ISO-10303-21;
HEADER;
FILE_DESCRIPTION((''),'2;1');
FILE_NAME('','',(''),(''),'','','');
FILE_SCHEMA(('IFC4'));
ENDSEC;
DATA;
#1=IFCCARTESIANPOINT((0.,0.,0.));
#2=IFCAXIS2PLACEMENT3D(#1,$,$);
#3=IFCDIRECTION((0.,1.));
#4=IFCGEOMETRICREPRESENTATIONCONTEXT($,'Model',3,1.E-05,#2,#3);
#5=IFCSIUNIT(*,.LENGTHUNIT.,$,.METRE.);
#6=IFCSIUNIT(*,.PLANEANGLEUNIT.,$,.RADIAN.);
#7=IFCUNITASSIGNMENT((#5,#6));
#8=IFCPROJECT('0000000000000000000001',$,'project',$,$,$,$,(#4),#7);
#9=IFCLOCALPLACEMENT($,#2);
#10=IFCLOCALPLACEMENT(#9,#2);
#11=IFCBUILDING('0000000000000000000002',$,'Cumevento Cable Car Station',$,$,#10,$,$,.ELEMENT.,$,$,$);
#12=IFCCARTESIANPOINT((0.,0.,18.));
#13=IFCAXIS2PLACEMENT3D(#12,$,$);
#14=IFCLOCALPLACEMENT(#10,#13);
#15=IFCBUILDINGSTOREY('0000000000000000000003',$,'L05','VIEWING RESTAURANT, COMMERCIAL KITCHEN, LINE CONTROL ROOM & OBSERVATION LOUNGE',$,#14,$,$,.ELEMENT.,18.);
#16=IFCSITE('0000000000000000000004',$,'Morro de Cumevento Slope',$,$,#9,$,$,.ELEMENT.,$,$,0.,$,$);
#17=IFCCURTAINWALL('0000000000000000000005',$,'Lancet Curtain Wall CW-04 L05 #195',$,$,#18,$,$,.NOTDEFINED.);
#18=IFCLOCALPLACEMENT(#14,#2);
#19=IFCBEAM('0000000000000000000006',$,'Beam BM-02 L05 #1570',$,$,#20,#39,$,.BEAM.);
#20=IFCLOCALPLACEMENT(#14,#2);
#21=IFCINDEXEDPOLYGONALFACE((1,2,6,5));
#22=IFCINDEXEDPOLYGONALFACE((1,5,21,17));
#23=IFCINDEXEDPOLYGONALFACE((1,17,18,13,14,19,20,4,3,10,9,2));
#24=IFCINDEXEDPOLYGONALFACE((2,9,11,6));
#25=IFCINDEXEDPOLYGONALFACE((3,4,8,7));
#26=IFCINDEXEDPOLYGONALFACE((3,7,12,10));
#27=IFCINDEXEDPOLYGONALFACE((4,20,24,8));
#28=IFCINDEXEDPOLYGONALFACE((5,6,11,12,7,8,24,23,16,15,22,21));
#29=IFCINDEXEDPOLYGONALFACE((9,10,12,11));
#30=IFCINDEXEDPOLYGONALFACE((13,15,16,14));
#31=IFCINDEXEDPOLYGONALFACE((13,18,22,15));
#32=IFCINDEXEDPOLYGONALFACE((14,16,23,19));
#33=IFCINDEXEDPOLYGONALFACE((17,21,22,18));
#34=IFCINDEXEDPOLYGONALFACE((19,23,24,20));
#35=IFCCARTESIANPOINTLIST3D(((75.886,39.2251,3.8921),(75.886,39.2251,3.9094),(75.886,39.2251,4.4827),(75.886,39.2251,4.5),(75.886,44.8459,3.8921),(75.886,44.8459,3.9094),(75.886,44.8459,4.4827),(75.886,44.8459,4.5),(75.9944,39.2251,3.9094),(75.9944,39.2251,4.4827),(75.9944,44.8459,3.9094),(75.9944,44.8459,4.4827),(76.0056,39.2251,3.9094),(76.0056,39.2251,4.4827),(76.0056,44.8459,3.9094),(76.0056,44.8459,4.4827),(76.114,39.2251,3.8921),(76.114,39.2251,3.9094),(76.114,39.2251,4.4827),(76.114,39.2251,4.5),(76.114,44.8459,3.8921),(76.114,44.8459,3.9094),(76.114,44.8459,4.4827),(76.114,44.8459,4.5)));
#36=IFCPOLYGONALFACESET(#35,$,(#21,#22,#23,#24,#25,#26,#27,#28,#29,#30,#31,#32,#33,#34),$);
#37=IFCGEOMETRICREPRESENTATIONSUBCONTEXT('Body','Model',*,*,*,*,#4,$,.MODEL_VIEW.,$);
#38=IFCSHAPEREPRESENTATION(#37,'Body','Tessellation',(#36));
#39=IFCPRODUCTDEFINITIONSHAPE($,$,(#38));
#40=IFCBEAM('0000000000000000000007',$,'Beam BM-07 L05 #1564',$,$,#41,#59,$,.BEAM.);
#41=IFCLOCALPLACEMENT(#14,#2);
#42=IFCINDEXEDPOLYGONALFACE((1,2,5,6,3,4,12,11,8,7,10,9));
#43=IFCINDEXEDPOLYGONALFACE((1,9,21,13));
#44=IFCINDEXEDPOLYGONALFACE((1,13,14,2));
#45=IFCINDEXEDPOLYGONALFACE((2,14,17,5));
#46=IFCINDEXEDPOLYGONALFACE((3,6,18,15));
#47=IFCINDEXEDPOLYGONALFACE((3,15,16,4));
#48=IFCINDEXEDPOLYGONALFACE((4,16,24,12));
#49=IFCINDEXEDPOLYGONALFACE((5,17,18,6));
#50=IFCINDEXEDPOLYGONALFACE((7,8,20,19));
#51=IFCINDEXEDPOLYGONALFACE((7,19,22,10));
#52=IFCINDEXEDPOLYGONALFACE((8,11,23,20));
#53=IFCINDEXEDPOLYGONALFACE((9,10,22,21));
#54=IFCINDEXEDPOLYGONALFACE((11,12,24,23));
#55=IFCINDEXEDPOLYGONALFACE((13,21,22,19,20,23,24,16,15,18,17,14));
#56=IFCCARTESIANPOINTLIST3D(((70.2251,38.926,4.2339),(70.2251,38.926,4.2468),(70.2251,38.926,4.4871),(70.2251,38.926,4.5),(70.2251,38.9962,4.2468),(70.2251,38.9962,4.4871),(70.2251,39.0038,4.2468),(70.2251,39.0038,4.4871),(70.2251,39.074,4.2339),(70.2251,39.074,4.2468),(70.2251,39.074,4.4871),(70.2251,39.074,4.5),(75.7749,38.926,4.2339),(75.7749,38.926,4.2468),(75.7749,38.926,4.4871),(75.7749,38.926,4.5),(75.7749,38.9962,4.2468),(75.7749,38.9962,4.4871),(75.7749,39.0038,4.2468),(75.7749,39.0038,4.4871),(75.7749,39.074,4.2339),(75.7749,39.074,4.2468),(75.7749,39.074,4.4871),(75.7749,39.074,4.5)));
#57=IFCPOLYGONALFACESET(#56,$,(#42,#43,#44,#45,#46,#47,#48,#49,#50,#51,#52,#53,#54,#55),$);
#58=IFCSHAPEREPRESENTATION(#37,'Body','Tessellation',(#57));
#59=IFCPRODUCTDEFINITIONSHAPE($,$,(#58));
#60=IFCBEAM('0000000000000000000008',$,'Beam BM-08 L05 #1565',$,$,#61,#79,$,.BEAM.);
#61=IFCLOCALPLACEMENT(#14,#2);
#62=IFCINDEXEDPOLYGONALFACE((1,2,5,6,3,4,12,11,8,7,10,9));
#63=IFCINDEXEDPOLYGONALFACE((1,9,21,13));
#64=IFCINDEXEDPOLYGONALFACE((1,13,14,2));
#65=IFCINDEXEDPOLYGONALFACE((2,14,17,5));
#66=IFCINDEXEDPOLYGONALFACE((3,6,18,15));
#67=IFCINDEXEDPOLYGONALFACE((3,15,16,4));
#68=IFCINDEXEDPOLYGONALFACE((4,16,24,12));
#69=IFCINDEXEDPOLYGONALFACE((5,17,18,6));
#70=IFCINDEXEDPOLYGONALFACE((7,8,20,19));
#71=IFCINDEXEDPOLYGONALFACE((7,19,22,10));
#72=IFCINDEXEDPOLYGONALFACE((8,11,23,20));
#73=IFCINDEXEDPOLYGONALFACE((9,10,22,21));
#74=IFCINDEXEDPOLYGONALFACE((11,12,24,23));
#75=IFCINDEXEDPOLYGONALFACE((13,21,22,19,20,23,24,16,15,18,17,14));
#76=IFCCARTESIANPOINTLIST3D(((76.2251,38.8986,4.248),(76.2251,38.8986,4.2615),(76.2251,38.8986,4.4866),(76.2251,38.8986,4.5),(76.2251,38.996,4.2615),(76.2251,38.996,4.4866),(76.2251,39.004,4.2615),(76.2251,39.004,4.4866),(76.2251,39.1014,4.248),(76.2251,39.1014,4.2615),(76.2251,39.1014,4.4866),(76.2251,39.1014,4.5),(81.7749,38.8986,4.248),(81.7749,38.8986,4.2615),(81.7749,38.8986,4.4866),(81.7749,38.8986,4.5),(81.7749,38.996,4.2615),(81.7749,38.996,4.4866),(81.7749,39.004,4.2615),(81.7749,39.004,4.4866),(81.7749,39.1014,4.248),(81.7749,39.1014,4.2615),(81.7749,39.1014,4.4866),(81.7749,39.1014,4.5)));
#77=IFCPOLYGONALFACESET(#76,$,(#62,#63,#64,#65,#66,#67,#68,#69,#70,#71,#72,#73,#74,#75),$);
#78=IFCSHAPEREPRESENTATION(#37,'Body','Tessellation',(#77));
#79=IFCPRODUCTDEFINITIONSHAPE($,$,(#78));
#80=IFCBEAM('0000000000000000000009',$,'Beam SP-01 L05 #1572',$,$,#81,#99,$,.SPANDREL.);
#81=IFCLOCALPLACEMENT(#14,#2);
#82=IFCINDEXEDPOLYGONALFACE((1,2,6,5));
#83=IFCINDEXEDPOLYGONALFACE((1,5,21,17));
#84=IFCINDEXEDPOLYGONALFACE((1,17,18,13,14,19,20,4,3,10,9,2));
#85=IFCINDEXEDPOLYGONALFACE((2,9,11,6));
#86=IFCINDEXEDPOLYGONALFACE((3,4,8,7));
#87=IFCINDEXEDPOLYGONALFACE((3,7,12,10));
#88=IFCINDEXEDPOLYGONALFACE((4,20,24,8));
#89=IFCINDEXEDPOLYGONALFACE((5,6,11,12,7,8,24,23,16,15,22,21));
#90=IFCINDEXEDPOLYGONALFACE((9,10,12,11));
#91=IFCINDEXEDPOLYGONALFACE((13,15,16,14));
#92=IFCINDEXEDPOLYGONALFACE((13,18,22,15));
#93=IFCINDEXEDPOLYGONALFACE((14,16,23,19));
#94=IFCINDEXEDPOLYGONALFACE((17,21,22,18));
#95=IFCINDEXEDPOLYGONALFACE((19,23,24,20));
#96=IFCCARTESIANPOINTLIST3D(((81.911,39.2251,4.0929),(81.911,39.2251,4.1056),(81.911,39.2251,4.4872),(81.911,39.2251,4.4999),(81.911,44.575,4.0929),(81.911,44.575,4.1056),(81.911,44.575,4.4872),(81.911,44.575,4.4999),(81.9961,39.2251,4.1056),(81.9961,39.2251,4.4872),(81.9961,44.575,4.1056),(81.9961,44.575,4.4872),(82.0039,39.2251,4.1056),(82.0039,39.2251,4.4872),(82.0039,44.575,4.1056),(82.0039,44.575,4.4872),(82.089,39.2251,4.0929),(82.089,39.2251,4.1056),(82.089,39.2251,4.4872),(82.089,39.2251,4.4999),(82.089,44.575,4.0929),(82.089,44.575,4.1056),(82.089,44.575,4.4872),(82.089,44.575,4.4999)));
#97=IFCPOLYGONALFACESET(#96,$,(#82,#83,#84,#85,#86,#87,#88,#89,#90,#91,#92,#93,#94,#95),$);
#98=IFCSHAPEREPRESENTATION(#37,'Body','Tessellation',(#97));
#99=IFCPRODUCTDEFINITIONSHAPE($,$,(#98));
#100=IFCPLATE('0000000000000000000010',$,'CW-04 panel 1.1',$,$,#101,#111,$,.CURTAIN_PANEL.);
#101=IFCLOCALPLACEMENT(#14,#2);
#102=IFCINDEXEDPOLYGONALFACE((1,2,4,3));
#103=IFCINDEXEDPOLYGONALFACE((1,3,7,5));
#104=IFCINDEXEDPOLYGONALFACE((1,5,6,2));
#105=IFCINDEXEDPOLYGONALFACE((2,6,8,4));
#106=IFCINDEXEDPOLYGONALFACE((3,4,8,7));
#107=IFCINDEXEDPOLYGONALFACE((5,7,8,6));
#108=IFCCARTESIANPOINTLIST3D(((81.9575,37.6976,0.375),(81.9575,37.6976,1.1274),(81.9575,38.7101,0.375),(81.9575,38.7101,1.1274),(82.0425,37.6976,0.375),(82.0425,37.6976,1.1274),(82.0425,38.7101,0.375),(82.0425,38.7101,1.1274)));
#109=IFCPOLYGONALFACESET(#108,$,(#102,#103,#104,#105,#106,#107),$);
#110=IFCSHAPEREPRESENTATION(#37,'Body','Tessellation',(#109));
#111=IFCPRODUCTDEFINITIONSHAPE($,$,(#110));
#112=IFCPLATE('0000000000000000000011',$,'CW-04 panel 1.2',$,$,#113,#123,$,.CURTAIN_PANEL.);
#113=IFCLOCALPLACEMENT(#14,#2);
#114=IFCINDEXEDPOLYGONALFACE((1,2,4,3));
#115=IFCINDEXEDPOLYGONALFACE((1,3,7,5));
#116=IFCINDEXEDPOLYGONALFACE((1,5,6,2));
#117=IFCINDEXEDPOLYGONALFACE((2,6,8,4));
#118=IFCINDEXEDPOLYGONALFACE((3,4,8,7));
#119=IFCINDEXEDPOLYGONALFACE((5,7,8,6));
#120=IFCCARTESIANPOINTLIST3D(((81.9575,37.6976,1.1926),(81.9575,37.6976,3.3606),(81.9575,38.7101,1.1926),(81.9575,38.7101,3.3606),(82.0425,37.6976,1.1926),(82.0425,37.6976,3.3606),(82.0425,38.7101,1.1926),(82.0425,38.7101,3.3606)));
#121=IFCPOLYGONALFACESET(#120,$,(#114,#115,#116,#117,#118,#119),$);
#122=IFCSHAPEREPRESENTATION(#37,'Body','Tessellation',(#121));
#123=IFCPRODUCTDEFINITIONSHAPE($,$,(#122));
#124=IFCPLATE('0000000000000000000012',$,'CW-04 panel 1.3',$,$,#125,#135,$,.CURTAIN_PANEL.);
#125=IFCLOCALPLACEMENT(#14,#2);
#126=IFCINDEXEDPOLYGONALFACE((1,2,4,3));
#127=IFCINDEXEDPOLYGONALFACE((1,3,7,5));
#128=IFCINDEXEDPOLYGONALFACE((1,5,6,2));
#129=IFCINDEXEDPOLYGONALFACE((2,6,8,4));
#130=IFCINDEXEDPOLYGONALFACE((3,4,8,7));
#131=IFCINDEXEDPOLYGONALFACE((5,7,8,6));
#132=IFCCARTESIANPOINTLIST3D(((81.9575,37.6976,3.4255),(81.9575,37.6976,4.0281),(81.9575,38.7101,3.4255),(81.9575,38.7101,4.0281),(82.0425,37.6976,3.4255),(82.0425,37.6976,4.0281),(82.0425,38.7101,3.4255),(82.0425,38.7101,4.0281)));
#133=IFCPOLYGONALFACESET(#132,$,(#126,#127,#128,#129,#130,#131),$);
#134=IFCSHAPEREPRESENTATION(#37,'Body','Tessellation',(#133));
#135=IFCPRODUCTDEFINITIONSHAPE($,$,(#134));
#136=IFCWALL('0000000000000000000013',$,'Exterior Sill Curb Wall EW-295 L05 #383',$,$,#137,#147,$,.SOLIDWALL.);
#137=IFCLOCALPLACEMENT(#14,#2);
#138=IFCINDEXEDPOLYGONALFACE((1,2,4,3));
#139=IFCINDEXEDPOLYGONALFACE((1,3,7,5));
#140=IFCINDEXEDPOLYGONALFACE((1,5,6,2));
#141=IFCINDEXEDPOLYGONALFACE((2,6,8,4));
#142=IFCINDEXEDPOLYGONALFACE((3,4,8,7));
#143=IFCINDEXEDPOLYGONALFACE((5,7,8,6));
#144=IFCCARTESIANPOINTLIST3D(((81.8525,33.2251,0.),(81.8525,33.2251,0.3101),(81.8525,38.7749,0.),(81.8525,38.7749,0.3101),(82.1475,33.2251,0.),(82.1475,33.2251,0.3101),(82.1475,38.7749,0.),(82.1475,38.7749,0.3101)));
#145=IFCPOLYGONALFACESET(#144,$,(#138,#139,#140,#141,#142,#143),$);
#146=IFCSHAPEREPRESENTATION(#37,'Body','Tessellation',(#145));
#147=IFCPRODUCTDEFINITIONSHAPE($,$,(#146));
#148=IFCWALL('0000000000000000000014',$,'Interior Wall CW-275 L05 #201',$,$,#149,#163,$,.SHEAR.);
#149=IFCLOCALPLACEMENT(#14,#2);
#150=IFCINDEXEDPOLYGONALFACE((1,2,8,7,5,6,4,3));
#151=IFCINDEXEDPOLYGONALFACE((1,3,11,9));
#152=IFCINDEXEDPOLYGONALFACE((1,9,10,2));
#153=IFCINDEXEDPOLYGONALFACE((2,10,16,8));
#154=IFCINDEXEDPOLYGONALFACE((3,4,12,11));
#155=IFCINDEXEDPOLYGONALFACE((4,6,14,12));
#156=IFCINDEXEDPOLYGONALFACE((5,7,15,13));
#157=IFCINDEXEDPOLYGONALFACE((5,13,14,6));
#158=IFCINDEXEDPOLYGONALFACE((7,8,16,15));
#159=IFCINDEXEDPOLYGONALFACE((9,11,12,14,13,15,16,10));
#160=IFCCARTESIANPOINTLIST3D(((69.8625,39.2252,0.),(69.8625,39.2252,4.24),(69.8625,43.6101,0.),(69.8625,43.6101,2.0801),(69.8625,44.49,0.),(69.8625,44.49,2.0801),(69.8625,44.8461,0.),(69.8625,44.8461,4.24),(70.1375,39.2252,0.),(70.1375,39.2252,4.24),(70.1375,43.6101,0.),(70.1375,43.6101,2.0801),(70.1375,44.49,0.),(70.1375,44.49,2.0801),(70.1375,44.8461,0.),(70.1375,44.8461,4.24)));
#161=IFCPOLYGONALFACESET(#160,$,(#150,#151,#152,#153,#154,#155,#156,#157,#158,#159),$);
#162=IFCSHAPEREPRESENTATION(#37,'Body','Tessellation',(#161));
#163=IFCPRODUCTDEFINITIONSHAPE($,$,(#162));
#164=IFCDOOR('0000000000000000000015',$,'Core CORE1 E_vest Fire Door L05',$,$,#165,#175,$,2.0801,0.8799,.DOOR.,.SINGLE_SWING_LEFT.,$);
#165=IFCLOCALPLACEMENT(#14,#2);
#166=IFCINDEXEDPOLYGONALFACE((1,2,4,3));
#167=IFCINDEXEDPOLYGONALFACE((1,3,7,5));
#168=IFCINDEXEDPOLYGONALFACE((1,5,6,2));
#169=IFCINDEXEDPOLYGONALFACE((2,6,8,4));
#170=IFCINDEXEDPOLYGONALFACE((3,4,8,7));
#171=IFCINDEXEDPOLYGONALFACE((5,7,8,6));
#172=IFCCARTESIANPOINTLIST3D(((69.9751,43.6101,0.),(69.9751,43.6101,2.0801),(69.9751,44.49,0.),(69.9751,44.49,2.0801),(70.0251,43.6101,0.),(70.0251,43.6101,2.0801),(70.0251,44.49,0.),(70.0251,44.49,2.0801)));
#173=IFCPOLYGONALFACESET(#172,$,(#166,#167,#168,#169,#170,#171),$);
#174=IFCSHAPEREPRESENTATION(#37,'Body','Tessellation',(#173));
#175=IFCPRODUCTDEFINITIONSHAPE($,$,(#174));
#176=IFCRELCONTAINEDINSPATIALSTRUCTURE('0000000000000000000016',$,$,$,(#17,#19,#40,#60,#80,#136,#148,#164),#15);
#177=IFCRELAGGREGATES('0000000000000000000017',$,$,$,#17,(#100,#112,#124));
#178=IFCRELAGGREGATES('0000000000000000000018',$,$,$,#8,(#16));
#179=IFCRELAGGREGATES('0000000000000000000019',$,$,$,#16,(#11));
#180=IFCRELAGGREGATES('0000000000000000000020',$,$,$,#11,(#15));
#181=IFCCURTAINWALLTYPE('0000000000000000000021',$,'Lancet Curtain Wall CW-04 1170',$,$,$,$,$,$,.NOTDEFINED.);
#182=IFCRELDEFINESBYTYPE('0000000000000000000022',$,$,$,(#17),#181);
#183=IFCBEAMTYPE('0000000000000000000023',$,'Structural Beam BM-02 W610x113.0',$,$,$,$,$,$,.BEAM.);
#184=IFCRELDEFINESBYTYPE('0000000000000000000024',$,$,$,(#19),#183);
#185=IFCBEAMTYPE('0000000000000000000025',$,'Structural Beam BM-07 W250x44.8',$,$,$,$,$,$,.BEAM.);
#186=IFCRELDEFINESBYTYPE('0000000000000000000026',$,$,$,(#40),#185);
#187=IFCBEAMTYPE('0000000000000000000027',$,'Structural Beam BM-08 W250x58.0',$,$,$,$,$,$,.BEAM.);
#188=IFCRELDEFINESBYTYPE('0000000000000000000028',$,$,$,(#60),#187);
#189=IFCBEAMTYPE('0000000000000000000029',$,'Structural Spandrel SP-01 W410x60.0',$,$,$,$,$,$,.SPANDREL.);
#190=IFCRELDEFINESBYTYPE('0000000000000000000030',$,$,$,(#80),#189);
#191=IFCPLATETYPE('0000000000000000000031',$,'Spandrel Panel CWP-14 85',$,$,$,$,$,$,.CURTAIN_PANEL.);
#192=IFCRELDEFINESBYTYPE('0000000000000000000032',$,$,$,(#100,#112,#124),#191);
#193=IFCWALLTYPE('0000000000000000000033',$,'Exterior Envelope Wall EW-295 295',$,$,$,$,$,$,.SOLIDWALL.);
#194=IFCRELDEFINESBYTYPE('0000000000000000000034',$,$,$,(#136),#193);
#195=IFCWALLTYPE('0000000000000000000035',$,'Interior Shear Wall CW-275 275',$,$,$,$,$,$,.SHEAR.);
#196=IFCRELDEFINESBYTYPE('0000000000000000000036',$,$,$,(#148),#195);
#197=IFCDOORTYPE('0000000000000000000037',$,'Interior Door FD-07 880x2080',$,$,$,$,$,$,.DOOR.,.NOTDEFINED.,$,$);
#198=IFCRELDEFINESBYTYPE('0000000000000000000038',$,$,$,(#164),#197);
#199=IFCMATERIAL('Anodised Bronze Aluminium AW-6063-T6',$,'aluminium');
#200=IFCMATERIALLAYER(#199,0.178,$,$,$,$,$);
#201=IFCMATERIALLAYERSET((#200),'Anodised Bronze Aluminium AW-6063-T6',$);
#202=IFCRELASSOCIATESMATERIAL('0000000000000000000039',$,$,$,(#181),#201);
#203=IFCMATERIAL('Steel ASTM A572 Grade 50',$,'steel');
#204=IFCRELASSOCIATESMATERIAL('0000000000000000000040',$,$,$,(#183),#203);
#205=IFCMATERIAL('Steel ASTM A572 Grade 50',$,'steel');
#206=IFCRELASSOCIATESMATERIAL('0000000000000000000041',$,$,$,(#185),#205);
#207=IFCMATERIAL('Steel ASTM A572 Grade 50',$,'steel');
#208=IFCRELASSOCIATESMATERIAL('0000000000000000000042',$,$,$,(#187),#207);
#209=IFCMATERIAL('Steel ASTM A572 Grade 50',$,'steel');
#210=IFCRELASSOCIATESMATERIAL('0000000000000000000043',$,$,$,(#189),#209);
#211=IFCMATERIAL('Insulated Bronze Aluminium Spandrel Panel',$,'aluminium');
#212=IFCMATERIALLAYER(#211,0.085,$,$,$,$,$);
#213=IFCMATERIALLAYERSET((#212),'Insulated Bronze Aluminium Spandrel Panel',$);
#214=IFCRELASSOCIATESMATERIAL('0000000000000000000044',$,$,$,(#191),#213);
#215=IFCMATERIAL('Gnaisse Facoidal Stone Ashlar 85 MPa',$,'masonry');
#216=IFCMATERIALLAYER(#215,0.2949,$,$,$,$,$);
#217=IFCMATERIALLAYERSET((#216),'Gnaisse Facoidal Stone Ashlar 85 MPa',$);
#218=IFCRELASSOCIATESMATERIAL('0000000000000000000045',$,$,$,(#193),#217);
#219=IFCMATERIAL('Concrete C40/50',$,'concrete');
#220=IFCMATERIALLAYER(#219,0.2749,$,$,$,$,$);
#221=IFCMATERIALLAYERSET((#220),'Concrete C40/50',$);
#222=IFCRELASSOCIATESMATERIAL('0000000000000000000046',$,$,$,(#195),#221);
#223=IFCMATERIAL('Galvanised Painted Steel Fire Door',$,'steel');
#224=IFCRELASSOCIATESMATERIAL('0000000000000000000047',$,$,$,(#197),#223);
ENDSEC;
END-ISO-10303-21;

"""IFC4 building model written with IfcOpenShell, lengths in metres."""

from ifc_helpers import new_model, si_unit, direction, frame, frame_2d, origin, origin_2d, place, context, subcontext, project, spatial, rectangle, i_section, extrude, material, layer, layer_set, material_profile, profile_set, type_object, element, fill, aggregate, save


model = new_model("IFC4")

# Units and contexts
model_context = context("Model", 3, precision=1e-05, world=origin(), true_north=direction((0.0, 1.0)))
body_context = subcontext(model_context, "Body", "Model", "MODEL_VIEW")
ifc_project = project(units=[si_unit("LENGTHUNIT", "METRE"), si_unit("PLANEANGLEUNIT", "RADIAN")], contexts=[model_context])

# Site, building, storey
site_placement = place(None, origin())
site = spatial("IfcSite", under=ifc_project, at=site_placement, Name="Morro de Cumevento Slope", CompositionType="ELEMENT", RefElevation=0.0)
building_placement = place(site_placement, origin())
building = spatial("IfcBuilding", under=site, at=building_placement, Name="Cumevento Cable Car Station", CompositionType="ELEMENT")
storey_placement = place(building_placement, frame((0.0, 0.0, 18.0)))
storey = spatial("IfcBuildingStorey", under=building, at=storey_placement, Name="L05", Description="VIEWING RESTAURANT, COMMERCIAL KITCHEN, LINE CONTROL ROOM & OBSERVATION LOUNGE", CompositionType="ELEMENT", Elevation=18.0)

# Curtain wall
ifc_material_1 = material(Name="Anodised Bronze Aluminium AW-6063-T6", Category="aluminium")
ifc_layer_1 = layer(ifc_material_1, 0.178)
ifc_layer_set_1 = layer_set([ifc_layer_1], Name="Anodised Bronze Aluminium AW-6063-T6")
curtain_wall_type_1 = type_object("IfcCurtainWallType", Name="Lancet Curtain Wall CW-04 1170", PredefinedType="NOTDEFINED", material=ifc_layer_set_1)
curtain_wall_1_placement = place(storey_placement, origin())
curtain_wall_1 = element("IfcCurtainWall", 1, at=curtain_wall_1_placement, inside=storey, type_object=curtain_wall_type_1, Name="Lancet Curtain Wall CW-04 L05 #195", PredefinedType="NOTDEFINED")

# Beams
ifc_material_2 = material(Name="Steel ASTM A572 Grade 50", Category="steel")
ifc_material_profile_1 = material_profile(ifc_material_2, i_section(OverallWidth=0.228, OverallDepth=0.6079, WebThickness=0.0112, FlangeThickness=0.0173, at=origin_2d()), Name="W610x113.0")
ifc_profile_set_1 = profile_set([ifc_material_profile_1], Name="Steel ASTM A572 Grade 50")
beam_type_1 = type_object("IfcBeamType", Name="Structural Beam BM-02 W610x113.0", PredefinedType="BEAM", material=ifc_profile_set_1)
for number, where, z_axis, x_axis, name in (
    (2, (76.0, 39.2251, 4.196), (0.0, 1.0, 0.0), (-1.0, 0.0, 0.0), "Beam BM-02 L05 #1570"),
):
    element("IfcBeam", number, at=place(storey_placement, frame(where, z_axis=z_axis, x_axis=x_axis)), inside=storey, type_object=beam_type_1, Name=name, PredefinedType="BEAM", context=body_context, shape_type="SweptSolid", body=[
        extrude(i_section(OverallWidth=0.228, OverallDepth=0.6079, WebThickness=0.0112, FlangeThickness=0.0173, at=origin_2d()), origin(), (0.0, 0.0, 1.0), 5.6208),
    ])
ifc_material_3 = material(Name="Steel ASTM A572 Grade 50", Category="steel")
ifc_material_profile_2 = material_profile(ifc_material_3, i_section(OverallWidth=0.1479, OverallDepth=0.2661, WebThickness=0.0076, FlangeThickness=0.0129, at=origin_2d()), Name="W250x44.8")
ifc_profile_set_2 = profile_set([ifc_material_profile_2], Name="Steel ASTM A572 Grade 50")
beam_type_2 = type_object("IfcBeamType", Name="Structural Beam BM-07 W250x44.8", PredefinedType="BEAM", material=ifc_profile_set_2)
beam_1_placement = place(storey_placement, frame((70.2251, 39.0, 4.3669), z_axis=(1.0, 0.0, 0.0), x_axis=(0.0, 1.0, 0.0)))
element("IfcBeam", 3, at=beam_1_placement, inside=storey, type_object=beam_type_2, Name="Beam BM-07 L05 #1564", PredefinedType="BEAM", context=body_context, shape_type="SweptSolid", body=[
    extrude(i_section(OverallWidth=0.1479, OverallDepth=0.2661, WebThickness=0.0076, FlangeThickness=0.0129, at=origin_2d()), origin(), (0.0, 0.0, 1.0), 5.5498),
])
ifc_material_4 = material(Name="Steel ASTM A572 Grade 50", Category="steel")
ifc_material_profile_3 = material_profile(ifc_material_4, i_section(OverallWidth=0.2029, OverallDepth=0.252, WebThickness=0.0081, FlangeThickness=0.0134, at=origin_2d()), Name="W250x58.0")
ifc_profile_set_3 = profile_set([ifc_material_profile_3], Name="Steel ASTM A572 Grade 50")
beam_type_3 = type_object("IfcBeamType", Name="Structural Beam BM-08 W250x58.0", PredefinedType="BEAM", material=ifc_profile_set_3)
beam_2_placement = place(storey_placement, frame((76.2251, 39.0, 4.374), z_axis=(1.0, 0.0, 0.0), x_axis=(0.0, 1.0, 0.0)))
element("IfcBeam", 4, at=beam_2_placement, inside=storey, type_object=beam_type_3, Name="Beam BM-08 L05 #1565", PredefinedType="BEAM", context=body_context, shape_type="SweptSolid", body=[
    extrude(i_section(OverallWidth=0.2029, OverallDepth=0.252, WebThickness=0.0081, FlangeThickness=0.0134, at=origin_2d()), origin(), (0.0, 0.0, 1.0), 5.5498),
])
ifc_material_5 = material(Name="Steel ASTM A572 Grade 50", Category="steel")
ifc_material_profile_4 = material_profile(ifc_material_5, i_section(OverallWidth=0.178, OverallDepth=0.407, WebThickness=0.0078, FlangeThickness=0.0127, at=origin_2d()), Name="W410x60.0")
ifc_profile_set_4 = profile_set([ifc_material_profile_4], Name="Steel ASTM A572 Grade 50")
beam_type_4 = type_object("IfcBeamType", Name="Structural Spandrel SP-01 W410x60.0", PredefinedType="SPANDREL", material=ifc_profile_set_4)
beam_3_placement = place(storey_placement, frame((82.0, 39.2251, 4.2964), z_axis=(0.0, 1.0, 0.0), x_axis=(-1.0, 0.0, 0.0)))
element("IfcBeam", 5, at=beam_3_placement, inside=storey, type_object=beam_type_4, Name="Beam SP-01 L05 #1572", PredefinedType="SPANDREL", context=body_context, shape_type="SweptSolid", body=[
    extrude(i_section(OverallWidth=0.178, OverallDepth=0.407, WebThickness=0.0078, FlangeThickness=0.0127, at=origin_2d()), origin(), (0.0, 0.0, 1.0), 5.3499),
])

# Plates
ifc_material_6 = material(Name="Insulated Bronze Aluminium Spandrel Panel", Category="aluminium")
ifc_layer_2 = layer(ifc_material_6, 0.085)
ifc_layer_set_2 = layer_set([ifc_layer_2], Name="Insulated Bronze Aluminium Spandrel Panel")
plate_type = type_object("IfcPlateType", Name="Spandrel Panel CWP-14 85", PredefinedType="CURTAIN_PANEL", material=ifc_layer_set_2)
plate_1_placement = place(storey_placement, frame((82.0, 38.2039, 0.375), z_axis=(0.0, 0.0, 1.0), x_axis=(0.0, -1.0, 0.0)))
plate_1 = element("IfcPlate", 6, at=plate_1_placement, type_object=plate_type, Name="CW-04 panel 1.1", PredefinedType="CURTAIN_PANEL", context=body_context, shape_type="SweptSolid", body=[
    extrude(rectangle(XDim=1.0125, YDim=0.085, at=origin_2d()), origin(), (0.0, 0.0, 1.0), 0.7524),
])
plate_2_placement = place(storey_placement, frame((82.0, 38.2039, 1.1926), z_axis=(0.0, 0.0, 1.0), x_axis=(0.0, -1.0, 0.0)))
plate_2 = element("IfcPlate", 7, at=plate_2_placement, type_object=plate_type, Name="CW-04 panel 1.2", PredefinedType="CURTAIN_PANEL", context=body_context, shape_type="SweptSolid", body=[
    extrude(rectangle(XDim=1.0125, YDim=0.085, at=origin_2d()), origin(), (0.0, 0.0, 1.0), 2.168),
])
plate_3_placement = place(storey_placement, frame((82.0, 38.2039, 3.4255), z_axis=(0.0, 0.0, 1.0), x_axis=(0.0, -1.0, 0.0)))
plate_3 = element("IfcPlate", 8, at=plate_3_placement, type_object=plate_type, Name="CW-04 panel 1.3", PredefinedType="CURTAIN_PANEL", context=body_context, shape_type="SweptSolid", body=[
    extrude(rectangle(XDim=1.0125, YDim=0.085, at=origin_2d()), origin(), (0.0, 0.0, 1.0), 0.6025),
])
aggregate(curtain_wall_1, [plate_1, plate_2, plate_3])

# Wall
ifc_material_7 = material(Name="Gnaisse Facoidal Stone Ashlar 85 MPa", Category="masonry")
ifc_layer_3 = layer(ifc_material_7, 0.2949)
ifc_layer_set_3 = layer_set([ifc_layer_3], Name="Gnaisse Facoidal Stone Ashlar 85 MPa")
wall_type_1 = type_object("IfcWallType", Name="Exterior Envelope Wall EW-295 295", PredefinedType="SOLIDWALL", material=ifc_layer_set_3)
wall_1_placement = place(storey_placement, frame((82.0, 38.7749, 0.0), z_axis=(0.0, 0.0, 1.0), x_axis=(0.0, -1.0, 0.0)))
element("IfcWall", 9, at=wall_1_placement, inside=storey, type_object=wall_type_1, Name="Exterior Sill Curb Wall EW-295 L05 #383", PredefinedType="SOLIDWALL", context=body_context, shape_type="SweptSolid", body=[
    extrude(rectangle(XDim=5.5498, YDim=0.2949, at=frame_2d((2.7749, 0.0))), origin(), (0.0, 0.0, 1.0), 0.3101),
])

# Wall, opening, door
ifc_material_8 = material(Name="Concrete C40/50", Category="concrete")
ifc_layer_4 = layer(ifc_material_8, 0.2749)
ifc_layer_set_4 = layer_set([ifc_layer_4], Name="Concrete C40/50")
wall_type_2 = type_object("IfcWallType", Name="Interior Shear Wall CW-275 275", PredefinedType="SHEAR", material=ifc_layer_set_4)
wall_2_placement = place(storey_placement, frame((70.0, 39.2251, 0.0), z_axis=(0.0, 0.0, 1.0), x_axis=(0.0, 1.0, 0.0)))
wall_2 = element("IfcWall", 10, at=wall_2_placement, inside=storey, type_object=wall_type_2, Name="Interior Wall CW-275 L05 #201", PredefinedType="SHEAR", context=body_context, shape_type="SweptSolid", body=[
    extrude(rectangle(XDim=5.6208, YDim=0.2749, at=frame_2d((2.8105, 0.0))), origin(), (0.0, 0.0, 1.0), 4.24),
])
opening_placement = place(wall_2_placement, frame((4.385, 0.0, 0.0)))
opening = element("IfcOpeningElement", 11, at=opening_placement, cuts=wall_2, PredefinedType="OPENING", context=body_context, shape_type="SweptSolid", body=[
    extrude(rectangle(XDim=0.8799, YDim=2.0801, at=frame_2d((0.4399, 1.04))), frame((0.0, 0.1475, 0.0), z_axis=(0.0, -1.0, 0.0), x_axis=(1.0, 0.0, 0.0)), (0.0, 0.0, 1.0), 0.2949),
])
ifc_material_9 = material(Name="Galvanised Painted Steel Fire Door", Category="steel")
door_type = type_object("IfcDoorType", Name="Interior Door FD-07 880x2080", OperationType="NOTDEFINED", PredefinedType="DOOR", material=ifc_material_9)
door_placement = place(opening_placement, origin())
door = element("IfcDoor", 12, at=door_placement, inside=storey, type_object=door_type, Name="Core CORE1 E_vest Fire Door L05", OperationType="SINGLE_SWING_LEFT", OverallHeight=2.0801, OverallWidth=0.8799, PredefinedType="DOOR", context=body_context, shape_type="SweptSolid", body=[
    extrude(rectangle(XDim=0.8799, YDim=2.0801, at=frame_2d((0.4399, 1.04))), frame((0.0, 0.0249, 0.0), z_axis=(0.0, -1.0, 0.0), x_axis=(1.0, 0.0, 0.0)), (0.0, 0.0, 1.0), 0.05),
])
fill(opening, door)

save(model, "model.ifc")
